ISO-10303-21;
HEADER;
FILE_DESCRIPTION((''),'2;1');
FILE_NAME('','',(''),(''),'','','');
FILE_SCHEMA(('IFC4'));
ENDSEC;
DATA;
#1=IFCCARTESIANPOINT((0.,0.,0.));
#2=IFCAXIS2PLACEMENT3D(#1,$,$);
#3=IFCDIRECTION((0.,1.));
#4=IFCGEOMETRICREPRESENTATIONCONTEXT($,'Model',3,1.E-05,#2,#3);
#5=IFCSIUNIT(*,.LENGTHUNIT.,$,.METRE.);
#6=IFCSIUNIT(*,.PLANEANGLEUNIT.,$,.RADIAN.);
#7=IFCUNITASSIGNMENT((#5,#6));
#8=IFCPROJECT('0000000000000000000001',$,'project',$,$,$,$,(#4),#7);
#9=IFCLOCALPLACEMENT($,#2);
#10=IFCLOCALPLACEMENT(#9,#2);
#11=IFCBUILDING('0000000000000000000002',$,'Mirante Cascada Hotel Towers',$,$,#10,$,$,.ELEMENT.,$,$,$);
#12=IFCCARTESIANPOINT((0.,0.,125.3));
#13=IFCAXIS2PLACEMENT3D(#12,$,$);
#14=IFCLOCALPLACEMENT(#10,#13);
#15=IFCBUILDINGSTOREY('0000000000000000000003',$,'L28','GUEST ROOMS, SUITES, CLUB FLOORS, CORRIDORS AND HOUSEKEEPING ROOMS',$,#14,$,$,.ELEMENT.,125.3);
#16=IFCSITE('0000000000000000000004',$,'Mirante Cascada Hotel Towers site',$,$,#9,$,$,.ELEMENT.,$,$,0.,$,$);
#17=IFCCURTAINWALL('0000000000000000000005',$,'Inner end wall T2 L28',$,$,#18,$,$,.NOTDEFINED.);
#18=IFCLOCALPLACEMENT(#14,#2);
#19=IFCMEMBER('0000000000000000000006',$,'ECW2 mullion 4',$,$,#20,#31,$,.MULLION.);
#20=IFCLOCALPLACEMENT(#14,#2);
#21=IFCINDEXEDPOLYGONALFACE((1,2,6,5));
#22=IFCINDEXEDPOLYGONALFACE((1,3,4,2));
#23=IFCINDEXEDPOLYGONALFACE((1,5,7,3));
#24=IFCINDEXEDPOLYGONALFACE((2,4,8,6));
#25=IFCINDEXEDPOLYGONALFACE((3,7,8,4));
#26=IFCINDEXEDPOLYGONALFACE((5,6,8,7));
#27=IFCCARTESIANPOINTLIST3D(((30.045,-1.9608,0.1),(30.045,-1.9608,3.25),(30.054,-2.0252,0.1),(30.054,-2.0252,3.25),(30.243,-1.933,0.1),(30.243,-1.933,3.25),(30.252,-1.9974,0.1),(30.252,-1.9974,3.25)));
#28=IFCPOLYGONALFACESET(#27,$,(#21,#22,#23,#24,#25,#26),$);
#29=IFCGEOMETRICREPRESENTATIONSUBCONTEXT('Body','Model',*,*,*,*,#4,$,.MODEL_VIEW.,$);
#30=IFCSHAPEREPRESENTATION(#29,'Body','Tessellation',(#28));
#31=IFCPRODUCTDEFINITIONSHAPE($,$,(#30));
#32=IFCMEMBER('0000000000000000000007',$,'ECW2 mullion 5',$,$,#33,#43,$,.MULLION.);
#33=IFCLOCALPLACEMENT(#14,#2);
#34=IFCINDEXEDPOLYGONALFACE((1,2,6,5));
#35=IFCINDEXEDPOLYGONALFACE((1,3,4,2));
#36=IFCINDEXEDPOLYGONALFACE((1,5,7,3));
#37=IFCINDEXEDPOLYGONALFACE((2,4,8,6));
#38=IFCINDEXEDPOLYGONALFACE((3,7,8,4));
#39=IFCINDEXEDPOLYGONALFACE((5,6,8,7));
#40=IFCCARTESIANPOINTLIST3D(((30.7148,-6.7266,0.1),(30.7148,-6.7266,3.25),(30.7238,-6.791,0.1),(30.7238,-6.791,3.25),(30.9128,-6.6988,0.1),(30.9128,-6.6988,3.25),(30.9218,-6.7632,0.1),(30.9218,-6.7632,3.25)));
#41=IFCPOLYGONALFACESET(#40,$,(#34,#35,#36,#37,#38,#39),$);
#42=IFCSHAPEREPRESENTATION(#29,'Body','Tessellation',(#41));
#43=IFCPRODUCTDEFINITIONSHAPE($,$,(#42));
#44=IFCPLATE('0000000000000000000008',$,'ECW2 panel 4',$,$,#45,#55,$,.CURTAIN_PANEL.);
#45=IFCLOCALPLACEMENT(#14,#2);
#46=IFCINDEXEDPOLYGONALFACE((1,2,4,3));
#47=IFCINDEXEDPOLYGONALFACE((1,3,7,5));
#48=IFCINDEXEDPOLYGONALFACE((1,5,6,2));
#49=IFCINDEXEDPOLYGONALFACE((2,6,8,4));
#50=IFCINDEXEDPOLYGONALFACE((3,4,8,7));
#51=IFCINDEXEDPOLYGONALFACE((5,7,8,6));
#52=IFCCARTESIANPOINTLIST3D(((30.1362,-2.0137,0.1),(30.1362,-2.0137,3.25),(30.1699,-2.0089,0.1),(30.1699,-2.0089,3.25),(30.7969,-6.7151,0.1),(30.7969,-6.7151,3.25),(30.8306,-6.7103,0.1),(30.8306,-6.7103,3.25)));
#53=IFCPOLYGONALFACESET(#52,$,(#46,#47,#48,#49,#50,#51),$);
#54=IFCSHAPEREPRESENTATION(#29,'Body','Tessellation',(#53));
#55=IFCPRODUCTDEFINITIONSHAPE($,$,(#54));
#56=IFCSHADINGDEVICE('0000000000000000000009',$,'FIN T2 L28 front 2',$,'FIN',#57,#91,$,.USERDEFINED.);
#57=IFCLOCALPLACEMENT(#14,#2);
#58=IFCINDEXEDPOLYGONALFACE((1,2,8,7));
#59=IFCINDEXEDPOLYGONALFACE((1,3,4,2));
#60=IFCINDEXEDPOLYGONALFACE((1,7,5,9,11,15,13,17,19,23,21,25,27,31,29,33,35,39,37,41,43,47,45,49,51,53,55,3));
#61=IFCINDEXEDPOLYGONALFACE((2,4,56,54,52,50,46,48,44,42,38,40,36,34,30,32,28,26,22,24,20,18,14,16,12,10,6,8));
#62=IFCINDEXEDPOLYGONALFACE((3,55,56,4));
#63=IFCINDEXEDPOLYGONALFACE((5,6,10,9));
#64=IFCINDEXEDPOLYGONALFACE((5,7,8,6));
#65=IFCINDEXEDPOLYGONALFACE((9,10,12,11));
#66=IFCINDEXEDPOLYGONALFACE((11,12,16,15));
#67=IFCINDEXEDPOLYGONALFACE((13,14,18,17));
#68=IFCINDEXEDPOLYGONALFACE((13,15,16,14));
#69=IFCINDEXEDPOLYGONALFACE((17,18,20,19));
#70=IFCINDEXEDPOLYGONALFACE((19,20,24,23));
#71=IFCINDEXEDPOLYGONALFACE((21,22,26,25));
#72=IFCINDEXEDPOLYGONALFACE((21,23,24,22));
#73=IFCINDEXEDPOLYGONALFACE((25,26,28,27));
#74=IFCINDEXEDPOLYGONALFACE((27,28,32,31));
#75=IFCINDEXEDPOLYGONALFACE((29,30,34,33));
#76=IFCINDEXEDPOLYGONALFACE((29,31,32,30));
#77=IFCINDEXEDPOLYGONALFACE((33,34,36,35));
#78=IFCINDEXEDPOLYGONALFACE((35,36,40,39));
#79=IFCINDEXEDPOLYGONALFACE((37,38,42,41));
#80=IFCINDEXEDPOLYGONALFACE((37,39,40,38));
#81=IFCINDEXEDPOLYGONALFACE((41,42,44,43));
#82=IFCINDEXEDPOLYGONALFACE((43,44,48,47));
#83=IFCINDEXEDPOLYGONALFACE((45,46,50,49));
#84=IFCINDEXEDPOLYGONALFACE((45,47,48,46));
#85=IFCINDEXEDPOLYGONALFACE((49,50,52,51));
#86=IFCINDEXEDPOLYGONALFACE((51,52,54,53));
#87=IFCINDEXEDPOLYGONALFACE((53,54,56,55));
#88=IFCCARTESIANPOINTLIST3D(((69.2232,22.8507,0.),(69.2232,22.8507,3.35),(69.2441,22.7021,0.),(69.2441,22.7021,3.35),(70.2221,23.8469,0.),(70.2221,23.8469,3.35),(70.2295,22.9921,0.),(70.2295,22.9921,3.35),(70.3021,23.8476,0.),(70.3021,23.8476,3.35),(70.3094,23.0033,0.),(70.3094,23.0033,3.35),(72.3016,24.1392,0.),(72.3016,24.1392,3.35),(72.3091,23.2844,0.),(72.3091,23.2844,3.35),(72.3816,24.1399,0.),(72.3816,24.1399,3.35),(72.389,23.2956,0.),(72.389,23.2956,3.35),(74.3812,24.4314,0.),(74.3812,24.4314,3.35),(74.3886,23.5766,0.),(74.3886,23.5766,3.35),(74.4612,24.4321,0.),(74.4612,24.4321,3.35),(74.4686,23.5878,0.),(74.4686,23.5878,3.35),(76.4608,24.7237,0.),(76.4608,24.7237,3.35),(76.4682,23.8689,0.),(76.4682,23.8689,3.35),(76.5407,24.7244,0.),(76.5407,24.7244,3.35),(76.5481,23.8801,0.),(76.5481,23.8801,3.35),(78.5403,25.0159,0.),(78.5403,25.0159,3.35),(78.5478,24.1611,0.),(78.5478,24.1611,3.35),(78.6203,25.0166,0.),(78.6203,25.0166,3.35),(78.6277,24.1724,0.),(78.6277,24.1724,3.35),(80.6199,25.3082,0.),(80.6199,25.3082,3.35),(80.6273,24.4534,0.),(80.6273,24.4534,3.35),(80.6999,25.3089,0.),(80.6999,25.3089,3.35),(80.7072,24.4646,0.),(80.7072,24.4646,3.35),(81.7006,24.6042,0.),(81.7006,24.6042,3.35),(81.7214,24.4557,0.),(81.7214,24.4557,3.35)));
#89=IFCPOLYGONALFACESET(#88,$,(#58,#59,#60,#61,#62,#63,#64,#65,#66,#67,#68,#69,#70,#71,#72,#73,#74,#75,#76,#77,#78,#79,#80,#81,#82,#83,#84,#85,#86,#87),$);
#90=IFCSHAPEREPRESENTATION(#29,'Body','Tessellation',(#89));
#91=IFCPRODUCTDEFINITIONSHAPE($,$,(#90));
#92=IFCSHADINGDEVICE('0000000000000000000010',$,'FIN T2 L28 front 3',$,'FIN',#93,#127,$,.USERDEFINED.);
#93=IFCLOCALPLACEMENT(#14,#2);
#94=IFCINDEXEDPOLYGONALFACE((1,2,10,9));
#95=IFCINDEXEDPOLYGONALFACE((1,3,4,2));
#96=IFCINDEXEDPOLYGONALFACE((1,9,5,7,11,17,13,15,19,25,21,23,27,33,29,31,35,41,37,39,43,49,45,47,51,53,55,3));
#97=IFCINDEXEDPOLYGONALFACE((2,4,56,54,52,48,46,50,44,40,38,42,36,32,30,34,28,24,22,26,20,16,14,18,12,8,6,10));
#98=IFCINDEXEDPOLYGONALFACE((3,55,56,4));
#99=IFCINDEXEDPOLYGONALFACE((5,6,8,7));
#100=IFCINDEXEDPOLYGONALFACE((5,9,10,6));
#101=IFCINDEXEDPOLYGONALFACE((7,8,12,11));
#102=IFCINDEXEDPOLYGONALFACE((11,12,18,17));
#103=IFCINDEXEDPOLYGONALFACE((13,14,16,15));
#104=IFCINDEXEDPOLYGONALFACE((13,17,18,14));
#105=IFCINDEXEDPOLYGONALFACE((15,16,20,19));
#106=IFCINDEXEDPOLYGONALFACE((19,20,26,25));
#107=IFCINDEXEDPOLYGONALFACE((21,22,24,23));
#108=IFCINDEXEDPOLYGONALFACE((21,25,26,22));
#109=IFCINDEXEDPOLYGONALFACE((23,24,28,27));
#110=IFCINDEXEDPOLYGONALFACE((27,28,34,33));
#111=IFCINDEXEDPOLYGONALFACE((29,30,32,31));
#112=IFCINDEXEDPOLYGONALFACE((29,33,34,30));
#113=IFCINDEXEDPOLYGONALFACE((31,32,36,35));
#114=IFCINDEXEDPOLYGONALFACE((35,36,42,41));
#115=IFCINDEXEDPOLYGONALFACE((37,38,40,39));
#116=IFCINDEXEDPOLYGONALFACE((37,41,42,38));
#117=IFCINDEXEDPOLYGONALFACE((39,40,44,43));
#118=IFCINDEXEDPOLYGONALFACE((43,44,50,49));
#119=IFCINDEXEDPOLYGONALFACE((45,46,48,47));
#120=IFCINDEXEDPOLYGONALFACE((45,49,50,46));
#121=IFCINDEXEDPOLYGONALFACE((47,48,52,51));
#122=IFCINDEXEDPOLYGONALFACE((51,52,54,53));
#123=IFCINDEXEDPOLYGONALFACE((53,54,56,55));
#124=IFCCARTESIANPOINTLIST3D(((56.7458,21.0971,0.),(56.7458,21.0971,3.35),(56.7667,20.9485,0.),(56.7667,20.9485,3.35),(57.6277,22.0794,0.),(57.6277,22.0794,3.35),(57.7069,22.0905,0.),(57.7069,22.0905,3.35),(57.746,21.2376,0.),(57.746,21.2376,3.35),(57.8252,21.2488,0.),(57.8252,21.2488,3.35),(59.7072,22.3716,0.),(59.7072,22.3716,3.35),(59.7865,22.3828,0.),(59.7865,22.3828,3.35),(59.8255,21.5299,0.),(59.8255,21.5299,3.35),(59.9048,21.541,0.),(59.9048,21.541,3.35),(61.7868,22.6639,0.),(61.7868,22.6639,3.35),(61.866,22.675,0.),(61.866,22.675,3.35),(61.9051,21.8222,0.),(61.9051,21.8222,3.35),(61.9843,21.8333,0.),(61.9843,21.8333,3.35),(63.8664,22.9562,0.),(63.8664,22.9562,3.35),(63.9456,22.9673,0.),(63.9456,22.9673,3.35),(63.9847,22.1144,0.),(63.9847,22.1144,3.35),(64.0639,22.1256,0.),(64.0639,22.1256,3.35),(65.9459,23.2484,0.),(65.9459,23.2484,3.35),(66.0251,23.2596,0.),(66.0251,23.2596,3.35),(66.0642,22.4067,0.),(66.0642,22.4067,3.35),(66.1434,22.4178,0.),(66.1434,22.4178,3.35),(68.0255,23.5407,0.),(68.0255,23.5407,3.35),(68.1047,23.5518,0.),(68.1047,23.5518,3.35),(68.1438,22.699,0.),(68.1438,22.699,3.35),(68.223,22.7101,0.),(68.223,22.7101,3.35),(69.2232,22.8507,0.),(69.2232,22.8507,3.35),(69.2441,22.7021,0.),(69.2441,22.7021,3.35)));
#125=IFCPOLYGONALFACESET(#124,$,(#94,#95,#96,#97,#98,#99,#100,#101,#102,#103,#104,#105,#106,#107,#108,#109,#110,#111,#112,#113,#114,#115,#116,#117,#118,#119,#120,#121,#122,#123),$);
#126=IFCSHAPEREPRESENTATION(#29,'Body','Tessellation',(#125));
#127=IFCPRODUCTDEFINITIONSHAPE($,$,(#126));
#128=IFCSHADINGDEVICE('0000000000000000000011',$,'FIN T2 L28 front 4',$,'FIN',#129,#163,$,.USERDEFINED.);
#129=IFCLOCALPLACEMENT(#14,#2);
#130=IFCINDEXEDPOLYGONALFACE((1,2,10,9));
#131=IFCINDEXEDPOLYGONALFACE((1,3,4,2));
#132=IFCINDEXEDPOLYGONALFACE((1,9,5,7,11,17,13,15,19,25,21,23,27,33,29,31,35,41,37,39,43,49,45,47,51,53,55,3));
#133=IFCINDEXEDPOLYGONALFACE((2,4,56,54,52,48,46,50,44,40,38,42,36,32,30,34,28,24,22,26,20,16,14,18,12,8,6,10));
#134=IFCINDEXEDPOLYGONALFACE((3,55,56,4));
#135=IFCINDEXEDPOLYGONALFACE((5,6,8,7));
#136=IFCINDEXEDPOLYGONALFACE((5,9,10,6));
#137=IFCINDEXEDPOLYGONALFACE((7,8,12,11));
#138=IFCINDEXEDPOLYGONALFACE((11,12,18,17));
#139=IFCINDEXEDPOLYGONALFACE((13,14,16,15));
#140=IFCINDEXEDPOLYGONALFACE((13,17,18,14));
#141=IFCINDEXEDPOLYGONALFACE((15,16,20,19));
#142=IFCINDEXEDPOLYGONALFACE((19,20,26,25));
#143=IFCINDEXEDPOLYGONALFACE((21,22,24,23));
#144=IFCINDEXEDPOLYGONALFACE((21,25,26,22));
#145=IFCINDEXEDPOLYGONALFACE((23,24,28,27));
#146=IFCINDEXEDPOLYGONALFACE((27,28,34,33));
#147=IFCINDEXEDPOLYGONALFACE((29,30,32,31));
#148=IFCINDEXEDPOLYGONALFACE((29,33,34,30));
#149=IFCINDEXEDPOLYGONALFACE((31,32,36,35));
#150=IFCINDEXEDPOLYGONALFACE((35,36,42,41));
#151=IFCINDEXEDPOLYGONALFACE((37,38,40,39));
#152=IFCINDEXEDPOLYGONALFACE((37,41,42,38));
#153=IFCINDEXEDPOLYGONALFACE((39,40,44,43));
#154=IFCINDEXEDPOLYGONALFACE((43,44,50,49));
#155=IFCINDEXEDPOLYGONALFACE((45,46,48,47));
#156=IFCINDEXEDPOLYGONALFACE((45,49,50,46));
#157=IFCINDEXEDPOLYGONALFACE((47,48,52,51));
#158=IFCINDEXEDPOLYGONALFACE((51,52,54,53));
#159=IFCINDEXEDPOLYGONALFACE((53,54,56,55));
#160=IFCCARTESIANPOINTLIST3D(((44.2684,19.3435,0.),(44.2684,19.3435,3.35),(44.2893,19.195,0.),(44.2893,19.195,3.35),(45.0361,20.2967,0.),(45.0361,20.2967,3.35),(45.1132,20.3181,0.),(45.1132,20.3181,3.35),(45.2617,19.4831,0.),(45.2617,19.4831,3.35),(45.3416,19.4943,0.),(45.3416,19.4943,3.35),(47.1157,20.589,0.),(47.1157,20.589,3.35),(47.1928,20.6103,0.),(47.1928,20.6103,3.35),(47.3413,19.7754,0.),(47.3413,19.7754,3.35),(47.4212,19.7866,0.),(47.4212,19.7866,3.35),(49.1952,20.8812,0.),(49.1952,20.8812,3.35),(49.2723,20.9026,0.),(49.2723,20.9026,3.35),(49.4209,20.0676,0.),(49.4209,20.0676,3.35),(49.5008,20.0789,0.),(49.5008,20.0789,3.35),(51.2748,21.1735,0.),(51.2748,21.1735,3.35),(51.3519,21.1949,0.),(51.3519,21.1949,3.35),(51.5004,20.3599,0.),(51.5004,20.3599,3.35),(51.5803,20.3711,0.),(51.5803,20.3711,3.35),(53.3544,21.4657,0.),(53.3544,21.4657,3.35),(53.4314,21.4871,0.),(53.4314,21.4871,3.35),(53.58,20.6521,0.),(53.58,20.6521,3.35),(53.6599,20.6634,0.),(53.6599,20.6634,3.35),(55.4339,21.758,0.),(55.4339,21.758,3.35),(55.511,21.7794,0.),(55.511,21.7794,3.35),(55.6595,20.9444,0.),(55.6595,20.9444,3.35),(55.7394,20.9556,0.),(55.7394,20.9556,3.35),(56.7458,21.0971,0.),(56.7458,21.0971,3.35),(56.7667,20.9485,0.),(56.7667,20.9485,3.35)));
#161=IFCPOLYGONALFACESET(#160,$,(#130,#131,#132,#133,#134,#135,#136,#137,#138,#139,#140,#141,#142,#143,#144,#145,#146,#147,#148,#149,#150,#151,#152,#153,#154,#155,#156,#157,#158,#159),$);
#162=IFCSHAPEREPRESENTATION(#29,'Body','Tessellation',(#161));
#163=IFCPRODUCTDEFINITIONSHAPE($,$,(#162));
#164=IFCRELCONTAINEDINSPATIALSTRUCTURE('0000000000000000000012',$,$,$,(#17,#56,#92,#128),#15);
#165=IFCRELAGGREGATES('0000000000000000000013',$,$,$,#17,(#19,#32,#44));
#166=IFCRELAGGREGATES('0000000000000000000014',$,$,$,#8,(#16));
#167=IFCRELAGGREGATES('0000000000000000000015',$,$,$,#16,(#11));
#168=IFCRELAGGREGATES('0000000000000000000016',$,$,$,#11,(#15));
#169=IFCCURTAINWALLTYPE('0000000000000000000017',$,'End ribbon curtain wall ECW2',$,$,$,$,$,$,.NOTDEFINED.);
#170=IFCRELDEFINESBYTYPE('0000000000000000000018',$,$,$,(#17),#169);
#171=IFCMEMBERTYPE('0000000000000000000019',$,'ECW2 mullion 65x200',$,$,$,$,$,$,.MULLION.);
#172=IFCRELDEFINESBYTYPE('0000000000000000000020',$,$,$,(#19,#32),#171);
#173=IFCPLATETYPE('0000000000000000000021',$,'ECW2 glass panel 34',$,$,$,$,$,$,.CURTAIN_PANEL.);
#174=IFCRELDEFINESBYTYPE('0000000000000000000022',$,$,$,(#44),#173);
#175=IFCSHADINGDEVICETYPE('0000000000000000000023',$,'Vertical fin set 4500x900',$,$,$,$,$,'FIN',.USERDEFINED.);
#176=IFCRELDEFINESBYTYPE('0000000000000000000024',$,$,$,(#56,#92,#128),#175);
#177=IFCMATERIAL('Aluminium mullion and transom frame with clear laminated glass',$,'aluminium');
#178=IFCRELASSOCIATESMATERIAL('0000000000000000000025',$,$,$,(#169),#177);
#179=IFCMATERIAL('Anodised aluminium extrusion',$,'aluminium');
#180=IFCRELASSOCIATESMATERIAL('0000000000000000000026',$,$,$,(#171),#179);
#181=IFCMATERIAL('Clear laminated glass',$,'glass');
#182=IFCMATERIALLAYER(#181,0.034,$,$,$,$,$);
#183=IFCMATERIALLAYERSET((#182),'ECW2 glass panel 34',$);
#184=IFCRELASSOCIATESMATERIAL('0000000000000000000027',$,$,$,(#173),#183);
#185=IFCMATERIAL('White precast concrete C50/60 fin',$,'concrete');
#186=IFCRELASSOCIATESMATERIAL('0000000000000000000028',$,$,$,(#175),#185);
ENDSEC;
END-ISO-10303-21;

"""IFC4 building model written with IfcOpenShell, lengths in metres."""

from ifc_helpers import new_model, si_unit, direction, frame, origin, origin_2d, place, context, subcontext, project, spatial, polyline, rectangle, outline, extrude, material, layer, layer_set, material_profile, profile_set, type_object, element, aggregate, save


model = new_model("IFC4")

# Units and contexts
model_context = context("Model", 3, precision=1e-05, world=origin(), true_north=direction((0.0, 1.0)))
body_context = subcontext(model_context, "Body", "Model", "MODEL_VIEW")
ifc_project = project(units=[si_unit("LENGTHUNIT", "METRE"), si_unit("PLANEANGLEUNIT", "RADIAN")], contexts=[model_context])

# Site, building, storey
site_placement = place(None, origin())
site = spatial("IfcSite", under=ifc_project, at=site_placement, Name="Mirante Cascada Hotel Towers site", CompositionType="ELEMENT", RefElevation=0.0)
building_placement = place(site_placement, origin())
building = spatial("IfcBuilding", under=site, at=building_placement, Name="Mirante Cascada Hotel Towers", CompositionType="ELEMENT")
storey_placement = place(building_placement, frame((0.0, 0.0, 125.3)))
storey = spatial("IfcBuildingStorey", under=building, at=storey_placement, Name="L28", Description="GUEST ROOMS, SUITES, CLUB FLOORS, CORRIDORS AND HOUSEKEEPING ROOMS", CompositionType="ELEMENT", Elevation=125.3)

# Curtain wall, members, plate
ifc_material_1 = material(Name="Aluminium mullion and transom frame with clear laminated glass", Category="aluminium")
curtain_wall_type = type_object("IfcCurtainWallType", Name="End ribbon curtain wall ECW2", PredefinedType="NOTDEFINED", material=ifc_material_1)
curtain_wall_placement = place(storey_placement, origin())
curtain_wall = element("IfcCurtainWall", 1, at=curtain_wall_placement, inside=storey, type_object=curtain_wall_type, Name="Inner end wall T2 L28", PredefinedType="NOTDEFINED")
ifc_material_2 = material(Name="Anodised aluminium extrusion", Category="aluminium")
ifc_material_profile = material_profile(ifc_material_2, rectangle(XDim=0.2, YDim=0.065, at=origin_2d()), Name="ECW2 MULLION 65x200")
ifc_profile_set = profile_set([ifc_material_profile], Name="Anodised aluminium extrusion")
member_type = type_object("IfcMemberType", Name="ECW2 mullion 65x200", PredefinedType="MULLION", material=ifc_profile_set)
member_1_placement = place(storey_placement, frame((30.1485, -1.9791, 0.1), z_axis=(0.0, 0.0, 1.0), x_axis=(0.990268, 0.139173, 0.0)))
member_1 = element("IfcMember", 2, at=member_1_placement, type_object=member_type, Name="ECW2 mullion 4", PredefinedType="MULLION", context=body_context, shape_type="SweptSolid", body=[
    extrude(rectangle(XDim=0.2, YDim=0.065, at=origin_2d()), origin(), (0.0, 0.0, 1.0), 3.15),
])
member_2_placement = place(storey_placement, frame((30.8183, -6.7449, 0.1), z_axis=(0.0, 0.0, 1.0), x_axis=(0.990268, 0.139173, 0.0)))
member_2 = element("IfcMember", 3, at=member_2_placement, type_object=member_type, Name="ECW2 mullion 5", PredefinedType="MULLION", context=body_context, shape_type="SweptSolid", body=[
    extrude(rectangle(XDim=0.2, YDim=0.065, at=origin_2d()), origin(), (0.0, 0.0, 1.0), 3.15),
])
ifc_material_3 = material(Name="Clear laminated glass", Category="glass")
ifc_layer = layer(ifc_material_3, 0.034)
ifc_layer_set = layer_set([ifc_layer], Name="ECW2 glass panel 34")
plate_type = type_object("IfcPlateType", Name="ECW2 glass panel 34", PredefinedType="CURTAIN_PANEL", material=ifc_layer_set)
plate_placement = place(storey_placement, frame((30.4834, -4.362, 0.1), z_axis=(0.0, 0.0, 1.0), x_axis=(0.139173, -0.990268, 0.0)))
plate = element("IfcPlate", 4, at=plate_placement, type_object=plate_type, Name="ECW2 panel 4", PredefinedType="CURTAIN_PANEL", context=body_context, shape_type="SweptSolid", body=[
    extrude(rectangle(XDim=4.7476, YDim=0.034, at=origin_2d()), origin(), (0.0, 0.0, 1.0), 3.15),
])
aggregate(curtain_wall, [member_1, member_2, plate])

# Shading devices
ifc_material_4 = material(Name="White precast concrete C50/60 fin", Category="concrete")
shading_device_type = type_object("IfcShadingDeviceType", Name="Vertical fin set 4500x900", ElementType="FIN", PredefinedType="USERDEFINED", material=ifc_material_4)
shading_device_1_placement = place(storey_placement, origin())
element("IfcShadingDevice", 5, at=shading_device_1_placement, inside=storey, type_object=shading_device_type, Name="FIN T2 L28 front 2", ObjectType="FIN", PredefinedType="USERDEFINED", context=body_context, shape_type="SweptSolid", body=[
    extrude(outline(polyline([(70.3021, 23.8476), (70.3094, 23.0033), (72.3091, 23.2844), (72.3016, 24.1392), (72.3816, 24.1399), (72.389, 23.2956), (74.3886, 23.5766), (74.3812, 24.4314), (74.4612, 24.4321), (74.4686, 23.5878), (76.4682, 23.8689), (76.4608, 24.7237), (76.5407, 24.7244), (76.5481, 23.8801), (78.5478, 24.1611), (78.5403, 25.0159), (78.6203, 25.0166), (78.6277, 24.1724), (80.6273, 24.4534), (80.6199, 25.3082), (80.6999, 25.3089), (80.7072, 24.4646), (81.7006, 24.6042), (81.7214, 24.4557), (69.2441, 22.7021), (69.2232, 22.8507), (70.2295, 22.9921), (70.2221, 23.8469), (70.3021, 23.8476)])), origin(), (0.0, 0.0, 1.0), 3.35),
])
shading_device_2_placement = place(storey_placement, origin())
element("IfcShadingDevice", 6, at=shading_device_2_placement, inside=storey, type_object=shading_device_type, Name="FIN T2 L28 front 3", ObjectType="FIN", PredefinedType="USERDEFINED", context=body_context, shape_type="SweptSolid", body=[
    extrude(outline(polyline([(57.7069, 22.0905), (57.8252, 21.2488), (59.8255, 21.5299), (59.7072, 22.3716), (59.7865, 22.3828), (59.9048, 21.541), (61.9051, 21.8222), (61.7868, 22.6639), (61.866, 22.675), (61.9843, 21.8333), (63.9847, 22.1144), (63.8664, 22.9562), (63.9456, 22.9673), (64.0639, 22.1256), (66.0642, 22.4067), (65.9459, 23.2484), (66.0251, 23.2596), (66.1434, 22.4178), (68.1438, 22.699), (68.0255, 23.5407), (68.1047, 23.5518), (68.223, 22.7101), (69.2232, 22.8507), (69.2441, 22.7021), (56.7667, 20.9485), (56.7458, 21.0971), (57.746, 21.2376), (57.6277, 22.0794), (57.7069, 22.0905)])), origin(), (0.0, 0.0, 1.0), 3.35),
])
shading_device_3_placement = place(storey_placement, origin())
element("IfcShadingDevice", 7, at=shading_device_3_placement, inside=storey, type_object=shading_device_type, Name="FIN T2 L28 front 4", ObjectType="FIN", PredefinedType="USERDEFINED", context=body_context, shape_type="SweptSolid", body=[
    extrude(outline(polyline([(45.1132, 20.3181), (45.3416, 19.4943), (47.3413, 19.7754), (47.1157, 20.589), (47.1928, 20.6103), (47.4212, 19.7866), (49.4209, 20.0676), (49.1952, 20.8812), (49.2723, 20.9026), (49.5008, 20.0789), (51.5004, 20.3599), (51.2748, 21.1735), (51.3519, 21.1949), (51.5803, 20.3711), (53.58, 20.6521), (53.3544, 21.4657), (53.4314, 21.4871), (53.6599, 20.6634), (55.6595, 20.9444), (55.4339, 21.758), (55.511, 21.7794), (55.7394, 20.9556), (56.7458, 21.0971), (56.7667, 20.9485), (44.2893, 19.195), (44.2684, 19.3435), (45.2617, 19.4831), (45.0361, 20.2967), (45.1132, 20.3181)])), origin(), (0.0, 0.0, 1.0), 3.35),
])

save(model, "model.ifc")
